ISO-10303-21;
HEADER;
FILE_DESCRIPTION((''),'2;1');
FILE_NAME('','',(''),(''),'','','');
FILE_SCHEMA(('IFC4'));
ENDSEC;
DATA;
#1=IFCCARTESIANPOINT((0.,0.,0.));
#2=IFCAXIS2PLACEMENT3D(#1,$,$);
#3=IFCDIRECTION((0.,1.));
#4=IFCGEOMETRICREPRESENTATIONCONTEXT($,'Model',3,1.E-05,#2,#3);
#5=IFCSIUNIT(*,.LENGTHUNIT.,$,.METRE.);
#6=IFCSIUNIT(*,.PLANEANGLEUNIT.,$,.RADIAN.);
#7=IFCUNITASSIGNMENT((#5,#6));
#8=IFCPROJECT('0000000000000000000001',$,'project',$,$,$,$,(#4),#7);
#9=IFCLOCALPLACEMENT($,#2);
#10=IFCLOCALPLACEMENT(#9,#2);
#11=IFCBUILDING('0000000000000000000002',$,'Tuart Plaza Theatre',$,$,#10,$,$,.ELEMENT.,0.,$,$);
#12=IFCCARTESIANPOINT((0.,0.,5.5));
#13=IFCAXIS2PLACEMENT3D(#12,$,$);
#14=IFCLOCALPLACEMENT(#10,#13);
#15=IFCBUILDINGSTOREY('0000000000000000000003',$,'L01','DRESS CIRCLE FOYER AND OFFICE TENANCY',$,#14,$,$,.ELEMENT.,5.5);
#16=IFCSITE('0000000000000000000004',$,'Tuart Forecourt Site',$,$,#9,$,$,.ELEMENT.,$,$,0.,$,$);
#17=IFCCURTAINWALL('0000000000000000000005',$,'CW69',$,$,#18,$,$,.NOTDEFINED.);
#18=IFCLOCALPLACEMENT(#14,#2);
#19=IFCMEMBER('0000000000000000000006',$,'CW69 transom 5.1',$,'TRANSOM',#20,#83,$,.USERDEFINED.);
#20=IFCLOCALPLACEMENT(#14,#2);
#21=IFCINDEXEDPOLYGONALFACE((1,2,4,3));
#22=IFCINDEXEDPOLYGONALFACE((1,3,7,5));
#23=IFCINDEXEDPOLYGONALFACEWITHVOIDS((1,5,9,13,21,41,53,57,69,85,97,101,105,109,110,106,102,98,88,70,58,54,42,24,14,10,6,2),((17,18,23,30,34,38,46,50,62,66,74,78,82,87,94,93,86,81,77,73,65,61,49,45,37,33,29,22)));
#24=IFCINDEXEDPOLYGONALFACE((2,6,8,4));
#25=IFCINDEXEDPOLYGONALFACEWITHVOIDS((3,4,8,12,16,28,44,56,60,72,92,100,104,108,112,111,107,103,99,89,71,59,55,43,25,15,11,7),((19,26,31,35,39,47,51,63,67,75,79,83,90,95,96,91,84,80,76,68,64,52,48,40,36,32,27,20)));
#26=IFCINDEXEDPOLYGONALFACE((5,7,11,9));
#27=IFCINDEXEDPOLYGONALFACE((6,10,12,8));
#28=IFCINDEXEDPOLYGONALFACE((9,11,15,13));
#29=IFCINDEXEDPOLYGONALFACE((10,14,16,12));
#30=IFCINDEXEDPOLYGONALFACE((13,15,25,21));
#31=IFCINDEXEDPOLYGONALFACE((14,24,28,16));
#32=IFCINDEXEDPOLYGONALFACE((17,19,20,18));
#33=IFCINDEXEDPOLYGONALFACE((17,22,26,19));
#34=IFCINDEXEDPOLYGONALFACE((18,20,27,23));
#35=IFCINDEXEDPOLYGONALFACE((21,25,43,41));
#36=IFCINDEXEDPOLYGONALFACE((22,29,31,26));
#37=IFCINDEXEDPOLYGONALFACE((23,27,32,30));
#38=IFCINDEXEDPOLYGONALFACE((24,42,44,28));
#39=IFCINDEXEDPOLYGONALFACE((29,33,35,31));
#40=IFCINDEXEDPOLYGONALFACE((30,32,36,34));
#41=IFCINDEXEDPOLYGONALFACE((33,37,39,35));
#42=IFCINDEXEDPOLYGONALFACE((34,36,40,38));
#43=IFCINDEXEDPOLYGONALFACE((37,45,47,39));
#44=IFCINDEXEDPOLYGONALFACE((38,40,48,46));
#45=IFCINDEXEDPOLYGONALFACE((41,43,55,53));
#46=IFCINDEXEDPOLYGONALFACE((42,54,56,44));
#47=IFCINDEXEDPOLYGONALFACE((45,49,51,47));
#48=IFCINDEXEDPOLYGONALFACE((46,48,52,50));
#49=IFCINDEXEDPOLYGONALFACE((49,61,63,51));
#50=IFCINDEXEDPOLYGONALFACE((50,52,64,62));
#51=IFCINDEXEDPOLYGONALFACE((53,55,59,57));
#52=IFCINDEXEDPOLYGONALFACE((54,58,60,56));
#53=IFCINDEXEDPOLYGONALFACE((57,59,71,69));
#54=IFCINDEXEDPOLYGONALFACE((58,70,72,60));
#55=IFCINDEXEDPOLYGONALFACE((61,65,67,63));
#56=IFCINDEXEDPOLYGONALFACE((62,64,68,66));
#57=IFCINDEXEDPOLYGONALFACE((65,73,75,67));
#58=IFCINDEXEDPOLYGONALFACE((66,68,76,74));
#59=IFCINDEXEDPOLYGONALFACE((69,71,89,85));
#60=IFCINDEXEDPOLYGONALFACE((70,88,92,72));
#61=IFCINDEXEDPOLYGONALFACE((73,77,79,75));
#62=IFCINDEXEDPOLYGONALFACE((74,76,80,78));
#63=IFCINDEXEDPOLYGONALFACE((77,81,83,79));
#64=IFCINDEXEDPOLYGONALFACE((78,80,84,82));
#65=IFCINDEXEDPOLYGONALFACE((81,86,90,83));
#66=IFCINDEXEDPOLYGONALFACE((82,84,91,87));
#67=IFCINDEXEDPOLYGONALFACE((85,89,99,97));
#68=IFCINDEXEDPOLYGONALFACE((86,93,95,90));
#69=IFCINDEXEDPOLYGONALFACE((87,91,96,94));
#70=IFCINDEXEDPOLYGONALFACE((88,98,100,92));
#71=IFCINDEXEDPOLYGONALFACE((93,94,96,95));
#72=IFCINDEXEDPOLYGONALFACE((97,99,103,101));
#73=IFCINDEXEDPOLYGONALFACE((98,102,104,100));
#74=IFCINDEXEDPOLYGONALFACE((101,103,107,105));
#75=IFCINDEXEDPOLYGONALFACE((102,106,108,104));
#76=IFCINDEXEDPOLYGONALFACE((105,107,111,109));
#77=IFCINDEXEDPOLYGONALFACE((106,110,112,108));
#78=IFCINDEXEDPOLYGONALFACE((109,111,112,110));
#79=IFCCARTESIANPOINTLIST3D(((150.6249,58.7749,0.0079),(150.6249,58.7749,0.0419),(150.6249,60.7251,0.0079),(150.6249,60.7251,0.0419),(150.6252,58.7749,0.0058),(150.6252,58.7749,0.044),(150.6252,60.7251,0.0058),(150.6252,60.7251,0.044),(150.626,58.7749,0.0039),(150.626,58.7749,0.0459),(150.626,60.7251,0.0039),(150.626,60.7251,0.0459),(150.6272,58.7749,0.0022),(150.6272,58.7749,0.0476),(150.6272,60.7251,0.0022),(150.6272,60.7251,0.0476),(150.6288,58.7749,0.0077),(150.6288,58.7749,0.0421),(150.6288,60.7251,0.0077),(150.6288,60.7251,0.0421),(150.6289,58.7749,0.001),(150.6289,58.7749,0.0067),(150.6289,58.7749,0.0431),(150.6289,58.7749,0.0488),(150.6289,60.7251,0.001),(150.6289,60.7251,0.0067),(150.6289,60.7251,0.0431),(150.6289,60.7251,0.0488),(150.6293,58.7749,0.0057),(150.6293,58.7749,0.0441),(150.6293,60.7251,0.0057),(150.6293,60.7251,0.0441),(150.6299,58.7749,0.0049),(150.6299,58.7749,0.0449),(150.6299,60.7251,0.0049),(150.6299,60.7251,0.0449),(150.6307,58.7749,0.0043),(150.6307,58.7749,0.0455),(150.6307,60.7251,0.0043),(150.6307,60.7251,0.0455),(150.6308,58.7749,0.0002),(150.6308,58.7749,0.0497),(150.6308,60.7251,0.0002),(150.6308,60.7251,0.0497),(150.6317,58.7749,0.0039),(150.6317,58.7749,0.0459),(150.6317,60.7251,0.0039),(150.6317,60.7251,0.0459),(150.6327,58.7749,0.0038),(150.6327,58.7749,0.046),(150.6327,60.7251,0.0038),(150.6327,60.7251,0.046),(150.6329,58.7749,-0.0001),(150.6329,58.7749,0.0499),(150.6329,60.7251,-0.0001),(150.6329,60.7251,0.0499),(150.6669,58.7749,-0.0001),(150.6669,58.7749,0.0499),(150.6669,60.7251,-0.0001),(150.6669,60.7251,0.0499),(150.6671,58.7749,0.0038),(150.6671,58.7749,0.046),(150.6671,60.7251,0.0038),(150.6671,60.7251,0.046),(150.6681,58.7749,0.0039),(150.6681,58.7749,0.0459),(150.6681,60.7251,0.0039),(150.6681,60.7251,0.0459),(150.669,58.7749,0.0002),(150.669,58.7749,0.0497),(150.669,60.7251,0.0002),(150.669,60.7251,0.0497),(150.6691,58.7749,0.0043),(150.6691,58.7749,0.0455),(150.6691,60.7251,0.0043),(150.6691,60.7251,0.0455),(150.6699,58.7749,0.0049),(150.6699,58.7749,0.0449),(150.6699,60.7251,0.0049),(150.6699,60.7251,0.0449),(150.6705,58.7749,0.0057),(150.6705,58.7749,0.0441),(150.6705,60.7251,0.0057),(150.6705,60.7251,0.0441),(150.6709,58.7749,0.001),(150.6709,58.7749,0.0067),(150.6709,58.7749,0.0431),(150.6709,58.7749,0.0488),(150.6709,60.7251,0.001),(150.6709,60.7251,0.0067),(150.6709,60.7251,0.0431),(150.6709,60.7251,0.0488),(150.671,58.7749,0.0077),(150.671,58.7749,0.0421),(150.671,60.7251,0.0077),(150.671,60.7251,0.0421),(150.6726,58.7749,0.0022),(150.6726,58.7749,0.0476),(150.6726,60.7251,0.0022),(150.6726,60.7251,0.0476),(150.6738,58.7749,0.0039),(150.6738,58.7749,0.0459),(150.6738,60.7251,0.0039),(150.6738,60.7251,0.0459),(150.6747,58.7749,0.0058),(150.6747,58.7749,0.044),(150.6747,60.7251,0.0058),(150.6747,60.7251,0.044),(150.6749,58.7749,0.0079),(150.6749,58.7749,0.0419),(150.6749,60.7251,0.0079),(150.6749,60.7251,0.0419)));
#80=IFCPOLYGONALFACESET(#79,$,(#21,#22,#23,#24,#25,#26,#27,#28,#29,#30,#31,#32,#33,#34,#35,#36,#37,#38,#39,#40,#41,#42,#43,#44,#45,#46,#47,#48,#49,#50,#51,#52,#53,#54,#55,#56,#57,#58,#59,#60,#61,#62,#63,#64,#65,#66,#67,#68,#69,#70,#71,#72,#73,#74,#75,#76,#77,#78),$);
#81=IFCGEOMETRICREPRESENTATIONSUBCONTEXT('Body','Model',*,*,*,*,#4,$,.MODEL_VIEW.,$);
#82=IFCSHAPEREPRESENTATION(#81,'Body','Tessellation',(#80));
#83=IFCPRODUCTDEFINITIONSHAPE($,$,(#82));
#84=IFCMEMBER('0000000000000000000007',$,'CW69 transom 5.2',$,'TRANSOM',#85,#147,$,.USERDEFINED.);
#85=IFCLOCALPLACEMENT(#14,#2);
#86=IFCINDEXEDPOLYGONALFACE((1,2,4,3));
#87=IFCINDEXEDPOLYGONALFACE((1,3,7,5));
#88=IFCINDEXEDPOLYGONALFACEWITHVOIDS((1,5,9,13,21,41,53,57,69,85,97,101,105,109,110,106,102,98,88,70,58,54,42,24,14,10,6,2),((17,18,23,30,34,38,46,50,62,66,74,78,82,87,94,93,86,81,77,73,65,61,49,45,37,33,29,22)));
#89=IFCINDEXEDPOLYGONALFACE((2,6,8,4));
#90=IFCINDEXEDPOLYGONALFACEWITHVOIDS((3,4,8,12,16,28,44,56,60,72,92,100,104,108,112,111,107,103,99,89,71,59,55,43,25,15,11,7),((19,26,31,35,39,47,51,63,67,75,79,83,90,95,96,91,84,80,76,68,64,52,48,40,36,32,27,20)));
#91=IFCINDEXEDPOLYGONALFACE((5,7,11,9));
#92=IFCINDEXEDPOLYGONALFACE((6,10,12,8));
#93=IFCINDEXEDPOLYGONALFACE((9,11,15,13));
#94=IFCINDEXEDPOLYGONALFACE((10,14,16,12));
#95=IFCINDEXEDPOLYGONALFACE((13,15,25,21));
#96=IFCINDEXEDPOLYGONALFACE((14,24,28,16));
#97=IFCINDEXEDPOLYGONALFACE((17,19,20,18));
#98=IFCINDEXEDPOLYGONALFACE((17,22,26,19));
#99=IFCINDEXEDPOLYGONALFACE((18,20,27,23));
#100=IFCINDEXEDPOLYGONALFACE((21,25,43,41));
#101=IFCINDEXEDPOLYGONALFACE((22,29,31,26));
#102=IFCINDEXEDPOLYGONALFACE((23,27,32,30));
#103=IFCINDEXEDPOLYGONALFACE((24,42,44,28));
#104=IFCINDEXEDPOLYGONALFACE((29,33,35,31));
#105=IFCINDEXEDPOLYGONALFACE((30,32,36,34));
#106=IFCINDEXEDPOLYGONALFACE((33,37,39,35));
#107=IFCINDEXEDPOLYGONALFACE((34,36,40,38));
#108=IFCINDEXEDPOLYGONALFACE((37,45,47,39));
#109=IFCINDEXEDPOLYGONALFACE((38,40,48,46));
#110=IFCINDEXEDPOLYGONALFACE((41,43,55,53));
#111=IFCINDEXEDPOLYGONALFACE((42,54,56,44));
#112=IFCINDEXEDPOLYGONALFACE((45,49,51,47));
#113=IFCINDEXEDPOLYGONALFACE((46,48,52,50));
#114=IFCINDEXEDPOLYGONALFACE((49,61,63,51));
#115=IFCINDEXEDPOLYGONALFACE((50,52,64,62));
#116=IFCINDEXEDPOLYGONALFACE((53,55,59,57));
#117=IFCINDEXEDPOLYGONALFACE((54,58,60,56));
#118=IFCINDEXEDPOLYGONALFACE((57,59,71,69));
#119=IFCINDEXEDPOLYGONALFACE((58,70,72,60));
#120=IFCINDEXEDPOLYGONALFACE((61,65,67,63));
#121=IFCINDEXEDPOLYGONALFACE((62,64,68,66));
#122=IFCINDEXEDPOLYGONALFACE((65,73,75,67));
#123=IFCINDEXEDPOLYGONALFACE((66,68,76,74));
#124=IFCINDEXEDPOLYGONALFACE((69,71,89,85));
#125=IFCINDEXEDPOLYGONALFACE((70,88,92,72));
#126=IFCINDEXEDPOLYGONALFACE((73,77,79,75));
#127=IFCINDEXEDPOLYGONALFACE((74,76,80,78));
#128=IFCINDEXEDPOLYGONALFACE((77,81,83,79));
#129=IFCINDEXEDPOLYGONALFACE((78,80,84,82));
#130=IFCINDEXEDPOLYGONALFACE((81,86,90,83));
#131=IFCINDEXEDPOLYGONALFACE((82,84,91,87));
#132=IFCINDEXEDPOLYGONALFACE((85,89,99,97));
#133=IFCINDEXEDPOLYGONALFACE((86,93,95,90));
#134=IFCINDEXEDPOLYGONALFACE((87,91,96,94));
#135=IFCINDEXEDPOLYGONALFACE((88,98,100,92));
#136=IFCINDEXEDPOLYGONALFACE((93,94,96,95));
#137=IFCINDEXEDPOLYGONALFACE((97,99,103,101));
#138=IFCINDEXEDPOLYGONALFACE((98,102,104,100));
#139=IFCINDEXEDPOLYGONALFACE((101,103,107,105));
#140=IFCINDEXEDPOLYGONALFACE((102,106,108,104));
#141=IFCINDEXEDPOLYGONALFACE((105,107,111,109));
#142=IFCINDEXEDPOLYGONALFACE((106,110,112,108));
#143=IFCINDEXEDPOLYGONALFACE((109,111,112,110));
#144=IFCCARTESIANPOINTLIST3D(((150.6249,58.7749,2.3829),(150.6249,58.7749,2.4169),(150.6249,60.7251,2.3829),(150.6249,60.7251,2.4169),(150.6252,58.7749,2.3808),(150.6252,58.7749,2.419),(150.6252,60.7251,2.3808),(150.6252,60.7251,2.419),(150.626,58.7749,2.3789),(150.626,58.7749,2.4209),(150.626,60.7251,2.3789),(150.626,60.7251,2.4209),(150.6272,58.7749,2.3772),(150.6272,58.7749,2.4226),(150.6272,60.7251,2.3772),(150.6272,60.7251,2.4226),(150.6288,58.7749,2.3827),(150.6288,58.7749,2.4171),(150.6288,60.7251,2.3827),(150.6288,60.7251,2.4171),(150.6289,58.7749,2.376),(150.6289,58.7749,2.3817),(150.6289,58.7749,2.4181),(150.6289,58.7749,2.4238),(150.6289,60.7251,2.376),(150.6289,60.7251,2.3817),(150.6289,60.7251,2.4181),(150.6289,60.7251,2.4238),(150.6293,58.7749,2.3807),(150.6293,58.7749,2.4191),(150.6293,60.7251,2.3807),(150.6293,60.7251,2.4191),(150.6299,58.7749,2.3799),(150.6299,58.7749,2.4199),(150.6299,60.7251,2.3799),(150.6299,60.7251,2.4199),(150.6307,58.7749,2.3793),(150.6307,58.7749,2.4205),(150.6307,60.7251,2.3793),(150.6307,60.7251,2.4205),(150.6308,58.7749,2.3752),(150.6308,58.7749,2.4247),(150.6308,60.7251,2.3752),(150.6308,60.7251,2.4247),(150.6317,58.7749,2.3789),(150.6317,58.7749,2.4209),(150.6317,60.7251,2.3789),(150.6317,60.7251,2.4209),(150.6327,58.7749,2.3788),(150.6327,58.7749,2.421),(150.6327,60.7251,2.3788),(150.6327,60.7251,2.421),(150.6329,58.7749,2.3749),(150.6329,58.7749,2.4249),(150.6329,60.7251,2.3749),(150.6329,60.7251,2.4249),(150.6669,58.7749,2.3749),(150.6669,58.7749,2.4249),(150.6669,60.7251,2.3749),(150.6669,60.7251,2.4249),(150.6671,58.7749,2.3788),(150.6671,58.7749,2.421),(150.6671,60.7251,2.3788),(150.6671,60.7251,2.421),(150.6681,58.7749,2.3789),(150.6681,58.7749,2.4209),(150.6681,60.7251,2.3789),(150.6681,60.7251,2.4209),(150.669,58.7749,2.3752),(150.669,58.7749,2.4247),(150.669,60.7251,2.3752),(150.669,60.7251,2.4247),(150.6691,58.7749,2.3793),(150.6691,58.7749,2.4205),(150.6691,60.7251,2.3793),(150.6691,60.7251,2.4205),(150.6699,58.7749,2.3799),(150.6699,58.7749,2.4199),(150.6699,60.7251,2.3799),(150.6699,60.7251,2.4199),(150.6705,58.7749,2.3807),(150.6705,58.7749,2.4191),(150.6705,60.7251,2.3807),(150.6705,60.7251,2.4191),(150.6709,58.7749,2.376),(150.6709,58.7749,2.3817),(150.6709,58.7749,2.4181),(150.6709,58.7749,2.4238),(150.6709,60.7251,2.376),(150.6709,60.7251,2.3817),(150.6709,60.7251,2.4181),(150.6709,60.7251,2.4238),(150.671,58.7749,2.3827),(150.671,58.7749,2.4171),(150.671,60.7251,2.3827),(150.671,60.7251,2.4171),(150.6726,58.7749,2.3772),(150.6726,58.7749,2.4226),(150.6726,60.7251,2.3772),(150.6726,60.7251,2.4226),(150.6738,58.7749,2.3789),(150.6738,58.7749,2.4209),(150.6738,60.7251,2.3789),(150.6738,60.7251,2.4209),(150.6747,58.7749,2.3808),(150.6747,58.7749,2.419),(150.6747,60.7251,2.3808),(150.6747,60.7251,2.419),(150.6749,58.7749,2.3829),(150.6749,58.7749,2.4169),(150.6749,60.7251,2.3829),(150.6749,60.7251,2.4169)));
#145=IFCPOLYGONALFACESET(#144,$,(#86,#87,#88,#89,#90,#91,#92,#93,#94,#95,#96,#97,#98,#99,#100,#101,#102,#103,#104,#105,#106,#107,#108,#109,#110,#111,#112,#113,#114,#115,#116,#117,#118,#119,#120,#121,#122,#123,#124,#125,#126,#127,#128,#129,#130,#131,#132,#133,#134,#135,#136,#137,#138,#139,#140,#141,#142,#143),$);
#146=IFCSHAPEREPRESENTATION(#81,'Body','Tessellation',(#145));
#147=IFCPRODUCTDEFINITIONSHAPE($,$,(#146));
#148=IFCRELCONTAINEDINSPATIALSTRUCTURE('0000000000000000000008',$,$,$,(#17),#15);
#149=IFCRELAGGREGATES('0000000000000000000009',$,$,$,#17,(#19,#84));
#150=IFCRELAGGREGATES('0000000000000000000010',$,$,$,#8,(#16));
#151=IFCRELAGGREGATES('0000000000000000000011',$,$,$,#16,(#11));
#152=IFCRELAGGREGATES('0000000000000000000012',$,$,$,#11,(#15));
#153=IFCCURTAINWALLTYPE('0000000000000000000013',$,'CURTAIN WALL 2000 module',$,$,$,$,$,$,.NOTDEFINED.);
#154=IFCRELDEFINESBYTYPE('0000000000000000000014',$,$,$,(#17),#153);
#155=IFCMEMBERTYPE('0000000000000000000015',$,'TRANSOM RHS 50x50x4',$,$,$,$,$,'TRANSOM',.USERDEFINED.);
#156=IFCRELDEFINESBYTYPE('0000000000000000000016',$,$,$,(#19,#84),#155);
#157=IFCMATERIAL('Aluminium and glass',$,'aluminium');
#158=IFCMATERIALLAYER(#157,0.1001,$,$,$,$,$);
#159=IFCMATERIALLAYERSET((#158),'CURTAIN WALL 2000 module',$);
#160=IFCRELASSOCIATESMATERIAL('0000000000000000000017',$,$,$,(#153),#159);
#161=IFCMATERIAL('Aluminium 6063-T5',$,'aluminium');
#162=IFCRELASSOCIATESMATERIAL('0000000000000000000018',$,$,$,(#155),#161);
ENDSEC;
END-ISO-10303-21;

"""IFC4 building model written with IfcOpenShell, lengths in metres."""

from ifc_helpers import new_model, si_unit, direction, frame, origin, origin_2d, place, context, subcontext, project, spatial, hollow_rectangle, extrude, material, layer, layer_set, material_profile, profile_set, type_object, element, aggregate, save


model = new_model("IFC4")

# Units and contexts
model_context = context("Model", 3, precision=1e-05, world=origin(), true_north=direction((0.0, 1.0)))
body_context = subcontext(model_context, "Body", "Model", "MODEL_VIEW")
ifc_project = project(units=[si_unit("LENGTHUNIT", "METRE"), si_unit("PLANEANGLEUNIT", "RADIAN")], contexts=[model_context])

# Site, building, storey
site_placement = place(None, origin())
site = spatial("IfcSite", under=ifc_project, at=site_placement, Name="Tuart Forecourt Site", CompositionType="ELEMENT", RefElevation=0.0)
building_placement = place(site_placement, origin())
building = spatial("IfcBuilding", under=site, at=building_placement, Name="Tuart Plaza Theatre", CompositionType="ELEMENT", ElevationOfRefHeight=0.0)
storey_placement = place(building_placement, frame((0.0, 0.0, 5.5)))
storey = spatial("IfcBuildingStorey", under=building, at=storey_placement, Name="L01", Description="DRESS CIRCLE FOYER AND OFFICE TENANCY", CompositionType="ELEMENT", Elevation=5.5)

# Curtain wall, members
ifc_material_1 = material(Name="Aluminium and glass", Category="aluminium")
ifc_layer_1 = layer(ifc_material_1, 0.1001)
ifc_layer_set_1 = layer_set([ifc_layer_1], Name="CURTAIN WALL 2000 module")
curtain_wall_type = type_object("IfcCurtainWallType", Name="CURTAIN WALL 2000 module", PredefinedType="NOTDEFINED", material=ifc_layer_set_1)
curtain_wall_placement = place(storey_placement, origin())
curtain_wall = element("IfcCurtainWall", 1, at=curtain_wall_placement, inside=storey, type_object=curtain_wall_type, Name="CW69", PredefinedType="NOTDEFINED")
ifc_material_2 = material(Name="Aluminium 6063-T5", Category="aluminium")
ifc_material_profile_1 = material_profile(ifc_material_2, hollow_rectangle(XDim=0.05, YDim=0.05, WallThickness=0.0039, InnerFilletRadius=0.0039, OuterFilletRadius=0.0081, at=origin_2d()), Name="RHS 50x50x4")
ifc_profile_set_1 = profile_set([ifc_material_profile_1], Name="Aluminium 6063-T5")
member_type_1 = type_object("IfcMemberType", Name="TRANSOM RHS 50x50x4", ElementType="TRANSOM", PredefinedType="USERDEFINED", material=ifc_profile_set_1)
member_1_placement = place(storey_placement, frame((150.6499, 58.7749, 0.0249), z_axis=(0.0, 1.0, 0.0), x_axis=(-1.0, 0.0, 0.0)))
member_1 = element("IfcMember", 2, at=member_1_placement, type_object=member_type_1, Name="CW69 transom 5.1", ObjectType="TRANSOM", PredefinedType="USERDEFINED", context=body_context, shape_type="SweptSolid", body=[
    extrude(hollow_rectangle(XDim=0.05, YDim=0.05, WallThickness=0.0039, InnerFilletRadius=0.0039, OuterFilletRadius=0.0081, at=origin_2d()), origin(), (0.0, 0.0, 1.0), 1.9502),
])
member_2_placement = place(storey_placement, frame((150.6499, 58.7749, 2.3999), z_axis=(0.0, 1.0, 0.0), x_axis=(-1.0, 0.0, 0.0)))
member_2 = element("IfcMember", 3, at=member_2_placement, type_object=member_type_1, Name="CW69 transom 5.2", ObjectType="TRANSOM", PredefinedType="USERDEFINED", context=body_context, shape_type="SweptSolid", body=[
    extrude(hollow_rectangle(XDim=0.05, YDim=0.05, WallThickness=0.0039, InnerFilletRadius=0.0039, OuterFilletRadius=0.0081, at=origin_2d()), origin(), (0.0, 0.0, 1.0), 1.9502),
])
aggregate(curtain_wall, [member_1, member_2])

save(model, "model.ifc")
